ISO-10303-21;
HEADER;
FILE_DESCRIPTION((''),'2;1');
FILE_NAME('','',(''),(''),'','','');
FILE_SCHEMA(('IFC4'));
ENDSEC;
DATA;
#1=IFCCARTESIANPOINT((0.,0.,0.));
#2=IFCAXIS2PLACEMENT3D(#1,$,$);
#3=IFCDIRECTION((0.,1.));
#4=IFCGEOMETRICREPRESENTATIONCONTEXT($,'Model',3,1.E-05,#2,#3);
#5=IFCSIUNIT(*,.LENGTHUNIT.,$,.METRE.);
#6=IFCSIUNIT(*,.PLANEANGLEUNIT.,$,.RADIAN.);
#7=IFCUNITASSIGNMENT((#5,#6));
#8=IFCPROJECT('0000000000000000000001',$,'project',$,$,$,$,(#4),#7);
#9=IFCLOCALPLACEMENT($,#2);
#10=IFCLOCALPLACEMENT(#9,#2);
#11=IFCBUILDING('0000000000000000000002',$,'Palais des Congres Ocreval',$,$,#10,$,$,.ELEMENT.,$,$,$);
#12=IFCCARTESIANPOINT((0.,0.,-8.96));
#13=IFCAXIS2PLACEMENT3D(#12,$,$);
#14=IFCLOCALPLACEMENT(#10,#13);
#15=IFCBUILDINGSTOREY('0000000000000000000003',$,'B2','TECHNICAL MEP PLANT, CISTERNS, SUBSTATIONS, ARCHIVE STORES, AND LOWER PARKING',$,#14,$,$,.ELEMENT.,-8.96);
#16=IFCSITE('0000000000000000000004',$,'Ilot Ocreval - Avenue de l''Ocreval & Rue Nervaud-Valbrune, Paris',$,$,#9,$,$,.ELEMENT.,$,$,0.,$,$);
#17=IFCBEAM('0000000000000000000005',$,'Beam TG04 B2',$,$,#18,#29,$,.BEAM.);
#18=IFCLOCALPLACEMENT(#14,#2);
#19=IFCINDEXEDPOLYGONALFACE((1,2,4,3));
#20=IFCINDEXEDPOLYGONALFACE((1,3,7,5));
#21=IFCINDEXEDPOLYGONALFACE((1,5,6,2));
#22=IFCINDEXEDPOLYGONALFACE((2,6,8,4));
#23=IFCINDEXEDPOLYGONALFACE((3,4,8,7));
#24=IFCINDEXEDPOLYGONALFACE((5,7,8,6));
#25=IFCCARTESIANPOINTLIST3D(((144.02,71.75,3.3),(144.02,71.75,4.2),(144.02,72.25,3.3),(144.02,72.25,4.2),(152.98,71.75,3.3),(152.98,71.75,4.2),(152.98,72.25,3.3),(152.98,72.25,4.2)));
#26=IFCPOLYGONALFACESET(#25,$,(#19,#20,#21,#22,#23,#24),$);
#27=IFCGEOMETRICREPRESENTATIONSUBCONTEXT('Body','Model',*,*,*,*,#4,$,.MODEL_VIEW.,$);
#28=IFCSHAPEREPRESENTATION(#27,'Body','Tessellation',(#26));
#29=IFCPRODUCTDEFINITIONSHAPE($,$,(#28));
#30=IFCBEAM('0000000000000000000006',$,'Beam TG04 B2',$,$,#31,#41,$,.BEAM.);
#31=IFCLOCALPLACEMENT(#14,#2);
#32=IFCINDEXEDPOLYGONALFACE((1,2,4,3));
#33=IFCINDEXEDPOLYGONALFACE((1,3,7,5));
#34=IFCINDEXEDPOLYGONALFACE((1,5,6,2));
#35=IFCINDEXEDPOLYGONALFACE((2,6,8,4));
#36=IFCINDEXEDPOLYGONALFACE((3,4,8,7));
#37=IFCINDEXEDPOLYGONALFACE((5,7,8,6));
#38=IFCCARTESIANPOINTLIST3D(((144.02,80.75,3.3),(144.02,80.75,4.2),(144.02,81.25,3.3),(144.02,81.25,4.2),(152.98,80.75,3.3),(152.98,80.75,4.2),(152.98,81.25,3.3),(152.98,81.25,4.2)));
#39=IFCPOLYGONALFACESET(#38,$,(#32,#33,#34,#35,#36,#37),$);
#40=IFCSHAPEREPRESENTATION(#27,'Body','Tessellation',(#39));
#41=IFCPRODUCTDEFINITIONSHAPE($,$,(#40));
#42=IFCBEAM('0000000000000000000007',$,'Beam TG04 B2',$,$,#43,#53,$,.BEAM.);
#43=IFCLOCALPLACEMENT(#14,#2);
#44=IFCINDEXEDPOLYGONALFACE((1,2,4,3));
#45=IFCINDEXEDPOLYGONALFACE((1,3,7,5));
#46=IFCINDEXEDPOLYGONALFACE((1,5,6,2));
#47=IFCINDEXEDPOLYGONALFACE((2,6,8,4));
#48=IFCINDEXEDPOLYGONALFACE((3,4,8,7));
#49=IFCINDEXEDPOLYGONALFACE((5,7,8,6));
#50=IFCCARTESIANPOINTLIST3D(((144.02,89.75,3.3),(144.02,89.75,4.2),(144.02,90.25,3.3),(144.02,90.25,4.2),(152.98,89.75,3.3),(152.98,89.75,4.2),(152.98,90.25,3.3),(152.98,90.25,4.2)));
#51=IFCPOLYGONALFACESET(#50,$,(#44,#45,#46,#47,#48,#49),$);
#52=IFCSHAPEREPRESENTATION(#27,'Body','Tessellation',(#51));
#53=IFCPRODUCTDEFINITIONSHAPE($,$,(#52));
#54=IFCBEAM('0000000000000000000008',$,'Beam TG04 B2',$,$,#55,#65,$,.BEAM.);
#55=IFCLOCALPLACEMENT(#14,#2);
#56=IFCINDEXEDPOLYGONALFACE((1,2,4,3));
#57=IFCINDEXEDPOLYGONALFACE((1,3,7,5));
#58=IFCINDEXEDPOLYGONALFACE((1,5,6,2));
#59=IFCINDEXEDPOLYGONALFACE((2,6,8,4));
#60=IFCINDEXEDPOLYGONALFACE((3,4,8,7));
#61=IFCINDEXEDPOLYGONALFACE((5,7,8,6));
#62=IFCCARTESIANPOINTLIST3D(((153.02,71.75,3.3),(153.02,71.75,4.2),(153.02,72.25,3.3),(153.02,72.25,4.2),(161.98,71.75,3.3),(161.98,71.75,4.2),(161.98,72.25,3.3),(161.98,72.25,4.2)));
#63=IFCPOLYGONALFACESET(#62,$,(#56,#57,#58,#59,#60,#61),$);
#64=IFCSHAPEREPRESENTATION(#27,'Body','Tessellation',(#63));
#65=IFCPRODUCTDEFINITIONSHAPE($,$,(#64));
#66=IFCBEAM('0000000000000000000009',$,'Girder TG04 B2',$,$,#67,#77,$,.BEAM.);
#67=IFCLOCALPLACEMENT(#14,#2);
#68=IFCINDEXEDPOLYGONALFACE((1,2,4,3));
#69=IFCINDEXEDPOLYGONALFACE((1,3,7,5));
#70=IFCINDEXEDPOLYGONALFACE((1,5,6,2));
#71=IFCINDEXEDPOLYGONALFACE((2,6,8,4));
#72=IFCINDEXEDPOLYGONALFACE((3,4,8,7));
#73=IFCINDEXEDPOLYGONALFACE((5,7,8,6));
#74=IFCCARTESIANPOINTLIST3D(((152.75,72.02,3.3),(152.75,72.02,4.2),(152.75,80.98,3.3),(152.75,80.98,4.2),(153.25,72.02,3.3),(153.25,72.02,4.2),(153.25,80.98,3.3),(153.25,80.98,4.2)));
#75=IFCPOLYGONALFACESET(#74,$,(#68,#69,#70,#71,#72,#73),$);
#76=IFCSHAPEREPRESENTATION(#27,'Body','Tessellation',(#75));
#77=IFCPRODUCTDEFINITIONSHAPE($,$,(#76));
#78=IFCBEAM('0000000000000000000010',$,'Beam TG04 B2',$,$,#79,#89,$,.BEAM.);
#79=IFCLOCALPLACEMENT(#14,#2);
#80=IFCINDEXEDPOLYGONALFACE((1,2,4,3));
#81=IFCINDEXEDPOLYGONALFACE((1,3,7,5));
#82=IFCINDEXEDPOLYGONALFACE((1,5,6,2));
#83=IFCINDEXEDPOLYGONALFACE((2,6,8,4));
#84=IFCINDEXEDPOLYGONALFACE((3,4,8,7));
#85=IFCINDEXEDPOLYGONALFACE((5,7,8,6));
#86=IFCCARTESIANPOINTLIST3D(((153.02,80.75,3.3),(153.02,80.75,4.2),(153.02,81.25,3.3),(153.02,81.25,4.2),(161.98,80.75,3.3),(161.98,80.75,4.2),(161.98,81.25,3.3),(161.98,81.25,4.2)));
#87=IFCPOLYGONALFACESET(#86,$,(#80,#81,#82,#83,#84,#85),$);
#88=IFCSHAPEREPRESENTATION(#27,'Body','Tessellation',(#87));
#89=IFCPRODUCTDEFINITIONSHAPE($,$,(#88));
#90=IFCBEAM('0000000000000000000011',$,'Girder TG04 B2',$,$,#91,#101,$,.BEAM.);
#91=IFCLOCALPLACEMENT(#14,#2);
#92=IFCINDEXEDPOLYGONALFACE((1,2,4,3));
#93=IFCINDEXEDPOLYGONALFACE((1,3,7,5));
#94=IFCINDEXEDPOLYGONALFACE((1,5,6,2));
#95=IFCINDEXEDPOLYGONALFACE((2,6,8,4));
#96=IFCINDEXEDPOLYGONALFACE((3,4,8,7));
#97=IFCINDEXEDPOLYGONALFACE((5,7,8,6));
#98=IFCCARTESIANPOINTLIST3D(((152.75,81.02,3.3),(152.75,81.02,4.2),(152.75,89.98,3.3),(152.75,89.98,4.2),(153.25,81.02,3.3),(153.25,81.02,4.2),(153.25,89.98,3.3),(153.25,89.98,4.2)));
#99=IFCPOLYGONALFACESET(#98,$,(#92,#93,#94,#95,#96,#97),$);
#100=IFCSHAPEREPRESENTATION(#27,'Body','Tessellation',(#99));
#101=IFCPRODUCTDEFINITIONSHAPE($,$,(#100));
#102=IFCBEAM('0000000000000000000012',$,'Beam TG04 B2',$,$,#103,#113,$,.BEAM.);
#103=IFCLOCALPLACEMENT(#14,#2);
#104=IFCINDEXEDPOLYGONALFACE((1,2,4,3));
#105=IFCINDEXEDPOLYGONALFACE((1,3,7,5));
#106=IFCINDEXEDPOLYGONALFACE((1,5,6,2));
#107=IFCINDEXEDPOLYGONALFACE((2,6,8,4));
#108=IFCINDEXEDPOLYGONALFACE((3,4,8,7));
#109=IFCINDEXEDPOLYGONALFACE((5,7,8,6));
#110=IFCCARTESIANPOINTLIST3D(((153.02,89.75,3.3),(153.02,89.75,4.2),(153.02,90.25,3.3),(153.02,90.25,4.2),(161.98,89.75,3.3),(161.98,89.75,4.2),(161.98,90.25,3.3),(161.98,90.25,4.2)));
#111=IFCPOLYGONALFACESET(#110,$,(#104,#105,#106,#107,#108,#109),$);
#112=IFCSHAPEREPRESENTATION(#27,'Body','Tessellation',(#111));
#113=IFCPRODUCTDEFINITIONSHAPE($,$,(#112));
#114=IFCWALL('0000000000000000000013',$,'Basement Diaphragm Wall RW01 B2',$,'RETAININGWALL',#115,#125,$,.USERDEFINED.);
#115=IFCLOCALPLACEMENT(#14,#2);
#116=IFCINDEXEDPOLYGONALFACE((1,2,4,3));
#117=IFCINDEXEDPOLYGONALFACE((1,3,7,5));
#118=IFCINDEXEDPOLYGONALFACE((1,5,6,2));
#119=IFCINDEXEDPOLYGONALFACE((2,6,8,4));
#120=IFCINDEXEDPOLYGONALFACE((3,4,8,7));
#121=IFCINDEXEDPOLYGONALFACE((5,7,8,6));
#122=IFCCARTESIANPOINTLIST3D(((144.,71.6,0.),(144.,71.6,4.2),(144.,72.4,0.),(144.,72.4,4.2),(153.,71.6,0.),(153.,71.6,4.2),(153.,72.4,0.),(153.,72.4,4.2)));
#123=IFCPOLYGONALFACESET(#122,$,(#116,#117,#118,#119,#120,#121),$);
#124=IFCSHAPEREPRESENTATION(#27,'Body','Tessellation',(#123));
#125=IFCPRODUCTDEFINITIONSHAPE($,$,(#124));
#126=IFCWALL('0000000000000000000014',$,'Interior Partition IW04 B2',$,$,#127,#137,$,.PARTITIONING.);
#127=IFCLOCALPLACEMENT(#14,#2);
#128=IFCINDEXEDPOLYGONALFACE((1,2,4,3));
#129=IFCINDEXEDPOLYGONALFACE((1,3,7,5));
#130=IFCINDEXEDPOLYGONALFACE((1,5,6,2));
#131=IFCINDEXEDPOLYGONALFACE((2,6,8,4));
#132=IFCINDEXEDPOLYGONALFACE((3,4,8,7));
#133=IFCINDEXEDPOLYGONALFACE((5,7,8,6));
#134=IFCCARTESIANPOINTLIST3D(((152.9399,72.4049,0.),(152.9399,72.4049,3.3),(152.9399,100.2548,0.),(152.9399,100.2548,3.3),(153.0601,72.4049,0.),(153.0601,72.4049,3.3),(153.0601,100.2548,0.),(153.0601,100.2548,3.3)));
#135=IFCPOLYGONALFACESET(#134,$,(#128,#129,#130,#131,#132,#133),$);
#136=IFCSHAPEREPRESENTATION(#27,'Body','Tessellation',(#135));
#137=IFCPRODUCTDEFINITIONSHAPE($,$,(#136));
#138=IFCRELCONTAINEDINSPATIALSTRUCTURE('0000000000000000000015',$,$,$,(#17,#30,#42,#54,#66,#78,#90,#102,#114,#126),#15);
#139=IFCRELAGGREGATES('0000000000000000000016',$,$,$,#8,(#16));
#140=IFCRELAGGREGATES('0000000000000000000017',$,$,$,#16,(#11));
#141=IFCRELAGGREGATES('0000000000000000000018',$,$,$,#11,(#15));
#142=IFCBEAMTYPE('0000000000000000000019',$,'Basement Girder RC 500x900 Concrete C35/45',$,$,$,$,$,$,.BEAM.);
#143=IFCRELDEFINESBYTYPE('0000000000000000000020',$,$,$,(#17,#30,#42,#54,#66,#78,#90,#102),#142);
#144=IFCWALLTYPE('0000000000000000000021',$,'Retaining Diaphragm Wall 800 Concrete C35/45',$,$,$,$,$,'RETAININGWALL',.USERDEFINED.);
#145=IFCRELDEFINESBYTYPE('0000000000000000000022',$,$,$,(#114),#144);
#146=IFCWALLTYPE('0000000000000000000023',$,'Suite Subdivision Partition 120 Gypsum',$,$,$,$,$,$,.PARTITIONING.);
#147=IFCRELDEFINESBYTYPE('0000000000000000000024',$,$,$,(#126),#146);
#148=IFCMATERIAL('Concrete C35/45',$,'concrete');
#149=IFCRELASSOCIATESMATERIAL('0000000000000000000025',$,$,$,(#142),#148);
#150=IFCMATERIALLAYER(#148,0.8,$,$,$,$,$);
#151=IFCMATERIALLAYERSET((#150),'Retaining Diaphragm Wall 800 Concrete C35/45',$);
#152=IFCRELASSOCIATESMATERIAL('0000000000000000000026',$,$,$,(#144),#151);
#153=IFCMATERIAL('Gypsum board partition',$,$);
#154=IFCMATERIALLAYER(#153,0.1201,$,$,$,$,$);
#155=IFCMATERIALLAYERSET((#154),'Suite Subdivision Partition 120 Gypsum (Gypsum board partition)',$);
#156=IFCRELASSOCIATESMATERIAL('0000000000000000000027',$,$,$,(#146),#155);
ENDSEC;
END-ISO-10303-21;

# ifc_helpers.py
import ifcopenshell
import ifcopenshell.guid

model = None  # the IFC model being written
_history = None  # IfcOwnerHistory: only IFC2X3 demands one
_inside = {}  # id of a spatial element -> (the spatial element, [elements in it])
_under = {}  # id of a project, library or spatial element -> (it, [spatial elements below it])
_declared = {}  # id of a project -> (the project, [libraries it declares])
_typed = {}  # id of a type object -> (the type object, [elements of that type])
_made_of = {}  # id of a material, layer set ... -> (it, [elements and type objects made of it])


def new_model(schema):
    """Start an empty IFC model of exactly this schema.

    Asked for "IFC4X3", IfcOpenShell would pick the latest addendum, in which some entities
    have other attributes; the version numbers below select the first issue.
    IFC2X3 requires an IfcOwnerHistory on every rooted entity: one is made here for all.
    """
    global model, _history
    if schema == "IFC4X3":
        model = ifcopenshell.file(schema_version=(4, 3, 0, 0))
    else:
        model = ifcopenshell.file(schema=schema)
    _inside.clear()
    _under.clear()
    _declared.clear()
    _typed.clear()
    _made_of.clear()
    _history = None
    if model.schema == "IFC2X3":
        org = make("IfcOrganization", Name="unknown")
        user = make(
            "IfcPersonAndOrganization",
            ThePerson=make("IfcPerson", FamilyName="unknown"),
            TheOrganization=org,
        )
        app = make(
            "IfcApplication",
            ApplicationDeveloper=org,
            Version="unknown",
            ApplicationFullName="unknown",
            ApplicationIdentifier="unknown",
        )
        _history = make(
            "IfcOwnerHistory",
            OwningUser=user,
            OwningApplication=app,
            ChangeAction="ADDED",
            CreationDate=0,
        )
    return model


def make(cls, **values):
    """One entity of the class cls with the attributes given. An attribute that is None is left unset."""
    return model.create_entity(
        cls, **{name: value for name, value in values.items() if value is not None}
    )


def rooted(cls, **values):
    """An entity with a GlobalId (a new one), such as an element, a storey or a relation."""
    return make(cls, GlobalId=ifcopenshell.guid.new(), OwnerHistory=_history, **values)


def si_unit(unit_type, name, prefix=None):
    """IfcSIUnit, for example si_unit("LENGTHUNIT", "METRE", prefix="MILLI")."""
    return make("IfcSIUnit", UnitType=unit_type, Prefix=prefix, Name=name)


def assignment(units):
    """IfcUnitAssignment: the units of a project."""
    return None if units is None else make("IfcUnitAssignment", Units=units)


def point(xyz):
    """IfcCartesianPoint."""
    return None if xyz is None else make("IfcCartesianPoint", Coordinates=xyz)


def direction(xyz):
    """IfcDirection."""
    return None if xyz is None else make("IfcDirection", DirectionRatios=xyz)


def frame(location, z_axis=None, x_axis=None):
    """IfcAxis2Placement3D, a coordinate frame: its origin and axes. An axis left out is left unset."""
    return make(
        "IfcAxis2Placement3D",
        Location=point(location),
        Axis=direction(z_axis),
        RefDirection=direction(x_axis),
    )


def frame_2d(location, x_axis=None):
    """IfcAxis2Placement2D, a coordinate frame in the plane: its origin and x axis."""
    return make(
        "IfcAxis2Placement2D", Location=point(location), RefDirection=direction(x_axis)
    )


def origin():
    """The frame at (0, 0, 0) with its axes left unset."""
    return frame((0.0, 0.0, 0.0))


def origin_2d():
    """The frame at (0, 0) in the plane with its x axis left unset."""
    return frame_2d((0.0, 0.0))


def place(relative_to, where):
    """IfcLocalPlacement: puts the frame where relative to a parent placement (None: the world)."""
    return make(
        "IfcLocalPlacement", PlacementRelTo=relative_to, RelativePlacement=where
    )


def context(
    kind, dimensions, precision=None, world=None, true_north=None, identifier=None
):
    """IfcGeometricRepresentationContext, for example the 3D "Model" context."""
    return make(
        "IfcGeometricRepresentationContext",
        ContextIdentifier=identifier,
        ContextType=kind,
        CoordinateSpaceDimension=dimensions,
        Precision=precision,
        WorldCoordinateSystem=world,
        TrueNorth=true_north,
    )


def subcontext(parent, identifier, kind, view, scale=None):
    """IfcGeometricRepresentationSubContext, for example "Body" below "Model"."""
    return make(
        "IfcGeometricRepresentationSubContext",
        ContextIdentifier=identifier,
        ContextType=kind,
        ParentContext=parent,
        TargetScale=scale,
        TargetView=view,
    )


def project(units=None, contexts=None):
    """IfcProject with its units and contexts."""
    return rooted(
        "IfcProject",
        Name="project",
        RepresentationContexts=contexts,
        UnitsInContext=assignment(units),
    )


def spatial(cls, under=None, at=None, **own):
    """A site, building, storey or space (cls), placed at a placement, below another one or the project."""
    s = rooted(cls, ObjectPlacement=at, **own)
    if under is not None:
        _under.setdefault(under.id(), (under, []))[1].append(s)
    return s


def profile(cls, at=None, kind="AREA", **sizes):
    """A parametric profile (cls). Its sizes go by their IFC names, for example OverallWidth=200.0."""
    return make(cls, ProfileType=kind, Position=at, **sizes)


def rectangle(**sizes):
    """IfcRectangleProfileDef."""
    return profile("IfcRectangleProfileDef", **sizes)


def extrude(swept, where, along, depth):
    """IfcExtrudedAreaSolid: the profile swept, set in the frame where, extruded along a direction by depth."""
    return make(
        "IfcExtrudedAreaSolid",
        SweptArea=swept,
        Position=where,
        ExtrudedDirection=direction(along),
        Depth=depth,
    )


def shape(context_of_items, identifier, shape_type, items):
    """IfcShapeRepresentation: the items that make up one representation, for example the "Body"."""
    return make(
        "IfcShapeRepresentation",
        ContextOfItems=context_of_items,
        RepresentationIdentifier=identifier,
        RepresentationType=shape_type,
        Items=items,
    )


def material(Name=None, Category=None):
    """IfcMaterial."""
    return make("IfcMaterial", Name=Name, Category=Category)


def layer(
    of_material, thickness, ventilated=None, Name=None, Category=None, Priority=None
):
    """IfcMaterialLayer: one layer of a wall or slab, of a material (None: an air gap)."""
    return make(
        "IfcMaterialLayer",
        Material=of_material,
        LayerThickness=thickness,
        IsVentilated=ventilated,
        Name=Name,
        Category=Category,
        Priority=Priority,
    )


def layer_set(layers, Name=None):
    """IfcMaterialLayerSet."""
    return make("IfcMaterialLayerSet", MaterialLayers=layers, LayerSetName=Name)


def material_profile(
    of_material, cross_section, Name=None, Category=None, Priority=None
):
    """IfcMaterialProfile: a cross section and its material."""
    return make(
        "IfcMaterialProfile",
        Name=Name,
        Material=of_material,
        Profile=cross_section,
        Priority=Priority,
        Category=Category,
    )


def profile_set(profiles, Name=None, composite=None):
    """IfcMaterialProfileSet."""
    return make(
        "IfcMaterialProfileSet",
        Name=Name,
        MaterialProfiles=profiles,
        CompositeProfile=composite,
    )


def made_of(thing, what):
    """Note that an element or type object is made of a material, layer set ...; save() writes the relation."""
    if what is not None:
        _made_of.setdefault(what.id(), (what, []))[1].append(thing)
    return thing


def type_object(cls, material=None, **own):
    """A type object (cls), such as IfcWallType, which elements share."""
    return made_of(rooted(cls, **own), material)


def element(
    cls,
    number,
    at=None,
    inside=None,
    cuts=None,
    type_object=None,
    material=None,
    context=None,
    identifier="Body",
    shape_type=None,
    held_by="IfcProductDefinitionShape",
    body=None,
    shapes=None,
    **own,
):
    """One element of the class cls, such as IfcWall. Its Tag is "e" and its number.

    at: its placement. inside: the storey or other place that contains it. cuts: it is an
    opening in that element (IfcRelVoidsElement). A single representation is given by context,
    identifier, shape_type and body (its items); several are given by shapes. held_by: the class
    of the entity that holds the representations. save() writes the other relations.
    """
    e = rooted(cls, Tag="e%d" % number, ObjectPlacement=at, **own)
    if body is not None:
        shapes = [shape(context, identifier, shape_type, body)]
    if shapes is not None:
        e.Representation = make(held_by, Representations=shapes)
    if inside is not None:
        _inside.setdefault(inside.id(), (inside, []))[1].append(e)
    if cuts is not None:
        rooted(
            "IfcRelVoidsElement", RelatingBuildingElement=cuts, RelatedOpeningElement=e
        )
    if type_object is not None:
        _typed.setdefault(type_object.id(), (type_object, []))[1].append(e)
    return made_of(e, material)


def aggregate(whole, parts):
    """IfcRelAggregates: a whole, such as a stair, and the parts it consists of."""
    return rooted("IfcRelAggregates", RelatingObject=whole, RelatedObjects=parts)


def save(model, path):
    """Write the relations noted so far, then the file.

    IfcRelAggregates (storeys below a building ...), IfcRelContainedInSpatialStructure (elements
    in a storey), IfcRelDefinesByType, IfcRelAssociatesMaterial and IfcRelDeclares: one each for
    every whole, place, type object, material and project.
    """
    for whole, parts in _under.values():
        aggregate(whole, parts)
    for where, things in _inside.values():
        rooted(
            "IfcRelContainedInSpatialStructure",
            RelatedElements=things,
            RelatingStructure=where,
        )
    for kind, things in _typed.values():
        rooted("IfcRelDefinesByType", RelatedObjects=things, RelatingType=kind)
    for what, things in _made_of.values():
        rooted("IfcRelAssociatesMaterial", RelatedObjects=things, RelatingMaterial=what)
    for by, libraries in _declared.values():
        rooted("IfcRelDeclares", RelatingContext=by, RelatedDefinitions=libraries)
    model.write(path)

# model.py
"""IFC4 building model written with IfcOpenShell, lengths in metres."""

from ifc_helpers import new_model, si_unit, direction, frame, frame_2d, origin, origin_2d, place, context, subcontext, project, spatial, rectangle, extrude, material, layer, layer_set, material_profile, profile_set, type_object, element, save


model = new_model("IFC4")

# Units and contexts
model_context = context("Model", 3, precision=1e-05, world=origin(), true_north=direction((0.0, 1.0)))
body_context = subcontext(model_context, "Body", "Model", "MODEL_VIEW")
ifc_project = project(units=[si_unit("LENGTHUNIT", "METRE"), si_unit("PLANEANGLEUNIT", "RADIAN")], contexts=[model_context])

# Site, building, storey
site_placement = place(None, origin())
site = spatial("IfcSite", under=ifc_project, at=site_placement, Name="Ilot Ocreval - Avenue de l'Ocreval & Rue Nervaud-Valbrune, Paris", CompositionType="ELEMENT", RefElevation=0.0)
building_placement = place(site_placement, origin())
building = spatial("IfcBuilding", under=site, at=building_placement, Name="Palais des Congres Ocreval", CompositionType="ELEMENT")
storey_placement = place(building_placement, frame((0.0, 0.0, -8.96)))
storey = spatial("IfcBuildingStorey", under=building, at=storey_placement, Name="B2", Description="TECHNICAL MEP PLANT, CISTERNS, SUBSTATIONS, ARCHIVE STORES, AND LOWER PARKING", CompositionType="ELEMENT", Elevation=-8.96)

# Shared definitions
ifc_material_1 = material(Name="Concrete C35/45", Category="concrete")

# Beams
ifc_material_profile_1 = material_profile(ifc_material_1, rectangle(XDim=0.5, YDim=0.8999, at=origin_2d()), Name="RC 500x900")
ifc_profile_set_1 = profile_set([ifc_material_profile_1], Name="Concrete C35/45")
beam_type = type_object("IfcBeamType", Name="Basement Girder RC 500x900 Concrete C35/45", PredefinedType="BEAM", material=ifc_profile_set_1)
for number, where, z_axis, x_axis, name in (
    (1, (144.02, 72.0, 3.75), (1.0, 0.0, 0.0), (0.0, 1.0, 0.0), "Beam TG04 B2"),
    (2, (144.02, 81.0, 3.75), (1.0, 0.0, 0.0), (0.0, 1.0, 0.0), "Beam TG04 B2"),
    (3, (144.02, 90.0, 3.75), (1.0, 0.0, 0.0), (0.0, 1.0, 0.0), "Beam TG04 B2"),
    (4, (153.02, 72.0, 3.75), (1.0, 0.0, 0.0), (0.0, 1.0, 0.0), "Beam TG04 B2"),
    (5, (153.0, 72.02, 3.75), (0.0, 1.0, 0.0), (-1.0, 0.0, 0.0), "Girder TG04 B2"),
    (6, (153.02, 81.0, 3.75), (1.0, 0.0, 0.0), (0.0, 1.0, 0.0), "Beam TG04 B2"),
    (7, (153.0, 81.02, 3.75), (0.0, 1.0, 0.0), (-1.0, 0.0, 0.0), "Girder TG04 B2"),
    (8, (153.02, 90.0, 3.75), (1.0, 0.0, 0.0), (0.0, 1.0, 0.0), "Beam TG04 B2"),
):
    element("IfcBeam", number, at=place(storey_placement, frame(where, z_axis=z_axis, x_axis=x_axis)), inside=storey, type_object=beam_type, Name=name, PredefinedType="BEAM", context=body_context, shape_type="SweptSolid", body=[
        extrude(rectangle(XDim=0.5, YDim=0.8999, at=origin_2d()), origin(), (0.0, 0.0, 1.0), 8.96),
    ])

# Walls
ifc_layer_1 = layer(ifc_material_1, 0.8)
ifc_layer_set_1 = layer_set([ifc_layer_1], Name="Retaining Diaphragm Wall 800 Concrete C35/45")
wall_type_1 = type_object("IfcWallType", Name="Retaining Diaphragm Wall 800 Concrete C35/45", ElementType="RETAININGWALL", PredefinedType="USERDEFINED", material=ifc_layer_set_1)
wall_1_placement = place(storey_placement, frame((153.0, 72.0, 0.0), z_axis=(0.0, 0.0, 1.0), x_axis=(-1.0, 0.0, 0.0)))
element("IfcWall", 9, at=wall_1_placement, inside=storey, type_object=wall_type_1, Name="Basement Diaphragm Wall RW01 B2", ObjectType="RETAININGWALL", PredefinedType="USERDEFINED", context=body_context, shape_type="SweptSolid", body=[
    extrude(rectangle(XDim=9.0, YDim=0.8, at=frame_2d((4.5, 0.0))), origin(), (0.0, 0.0, 1.0), 4.2),
])
ifc_material_2 = material(Name="Gypsum board partition")
ifc_layer_2 = layer(ifc_material_2, 0.1201)
ifc_layer_set_2 = layer_set([ifc_layer_2], Name="Suite Subdivision Partition 120 Gypsum (Gypsum board partition)")
wall_type_2 = type_object("IfcWallType", Name="Suite Subdivision Partition 120 Gypsum", PredefinedType="PARTITIONING", material=ifc_layer_set_2)
wall_2_placement = place(storey_placement, frame((153.0, 72.405, 0.0), z_axis=(0.0, 0.0, 1.0), x_axis=(0.0, 1.0, 0.0)))
element("IfcWall", 10, at=wall_2_placement, inside=storey, type_object=wall_type_2, Name="Interior Partition IW04 B2", PredefinedType="PARTITIONING", context=body_context, shape_type="SweptSolid", body=[
    extrude(rectangle(XDim=27.8499, YDim=0.1201, at=frame_2d((13.9248, 0.0))), origin(), (0.0, 0.0, 1.0), 3.3),
])

save(model, "model.ifc")
